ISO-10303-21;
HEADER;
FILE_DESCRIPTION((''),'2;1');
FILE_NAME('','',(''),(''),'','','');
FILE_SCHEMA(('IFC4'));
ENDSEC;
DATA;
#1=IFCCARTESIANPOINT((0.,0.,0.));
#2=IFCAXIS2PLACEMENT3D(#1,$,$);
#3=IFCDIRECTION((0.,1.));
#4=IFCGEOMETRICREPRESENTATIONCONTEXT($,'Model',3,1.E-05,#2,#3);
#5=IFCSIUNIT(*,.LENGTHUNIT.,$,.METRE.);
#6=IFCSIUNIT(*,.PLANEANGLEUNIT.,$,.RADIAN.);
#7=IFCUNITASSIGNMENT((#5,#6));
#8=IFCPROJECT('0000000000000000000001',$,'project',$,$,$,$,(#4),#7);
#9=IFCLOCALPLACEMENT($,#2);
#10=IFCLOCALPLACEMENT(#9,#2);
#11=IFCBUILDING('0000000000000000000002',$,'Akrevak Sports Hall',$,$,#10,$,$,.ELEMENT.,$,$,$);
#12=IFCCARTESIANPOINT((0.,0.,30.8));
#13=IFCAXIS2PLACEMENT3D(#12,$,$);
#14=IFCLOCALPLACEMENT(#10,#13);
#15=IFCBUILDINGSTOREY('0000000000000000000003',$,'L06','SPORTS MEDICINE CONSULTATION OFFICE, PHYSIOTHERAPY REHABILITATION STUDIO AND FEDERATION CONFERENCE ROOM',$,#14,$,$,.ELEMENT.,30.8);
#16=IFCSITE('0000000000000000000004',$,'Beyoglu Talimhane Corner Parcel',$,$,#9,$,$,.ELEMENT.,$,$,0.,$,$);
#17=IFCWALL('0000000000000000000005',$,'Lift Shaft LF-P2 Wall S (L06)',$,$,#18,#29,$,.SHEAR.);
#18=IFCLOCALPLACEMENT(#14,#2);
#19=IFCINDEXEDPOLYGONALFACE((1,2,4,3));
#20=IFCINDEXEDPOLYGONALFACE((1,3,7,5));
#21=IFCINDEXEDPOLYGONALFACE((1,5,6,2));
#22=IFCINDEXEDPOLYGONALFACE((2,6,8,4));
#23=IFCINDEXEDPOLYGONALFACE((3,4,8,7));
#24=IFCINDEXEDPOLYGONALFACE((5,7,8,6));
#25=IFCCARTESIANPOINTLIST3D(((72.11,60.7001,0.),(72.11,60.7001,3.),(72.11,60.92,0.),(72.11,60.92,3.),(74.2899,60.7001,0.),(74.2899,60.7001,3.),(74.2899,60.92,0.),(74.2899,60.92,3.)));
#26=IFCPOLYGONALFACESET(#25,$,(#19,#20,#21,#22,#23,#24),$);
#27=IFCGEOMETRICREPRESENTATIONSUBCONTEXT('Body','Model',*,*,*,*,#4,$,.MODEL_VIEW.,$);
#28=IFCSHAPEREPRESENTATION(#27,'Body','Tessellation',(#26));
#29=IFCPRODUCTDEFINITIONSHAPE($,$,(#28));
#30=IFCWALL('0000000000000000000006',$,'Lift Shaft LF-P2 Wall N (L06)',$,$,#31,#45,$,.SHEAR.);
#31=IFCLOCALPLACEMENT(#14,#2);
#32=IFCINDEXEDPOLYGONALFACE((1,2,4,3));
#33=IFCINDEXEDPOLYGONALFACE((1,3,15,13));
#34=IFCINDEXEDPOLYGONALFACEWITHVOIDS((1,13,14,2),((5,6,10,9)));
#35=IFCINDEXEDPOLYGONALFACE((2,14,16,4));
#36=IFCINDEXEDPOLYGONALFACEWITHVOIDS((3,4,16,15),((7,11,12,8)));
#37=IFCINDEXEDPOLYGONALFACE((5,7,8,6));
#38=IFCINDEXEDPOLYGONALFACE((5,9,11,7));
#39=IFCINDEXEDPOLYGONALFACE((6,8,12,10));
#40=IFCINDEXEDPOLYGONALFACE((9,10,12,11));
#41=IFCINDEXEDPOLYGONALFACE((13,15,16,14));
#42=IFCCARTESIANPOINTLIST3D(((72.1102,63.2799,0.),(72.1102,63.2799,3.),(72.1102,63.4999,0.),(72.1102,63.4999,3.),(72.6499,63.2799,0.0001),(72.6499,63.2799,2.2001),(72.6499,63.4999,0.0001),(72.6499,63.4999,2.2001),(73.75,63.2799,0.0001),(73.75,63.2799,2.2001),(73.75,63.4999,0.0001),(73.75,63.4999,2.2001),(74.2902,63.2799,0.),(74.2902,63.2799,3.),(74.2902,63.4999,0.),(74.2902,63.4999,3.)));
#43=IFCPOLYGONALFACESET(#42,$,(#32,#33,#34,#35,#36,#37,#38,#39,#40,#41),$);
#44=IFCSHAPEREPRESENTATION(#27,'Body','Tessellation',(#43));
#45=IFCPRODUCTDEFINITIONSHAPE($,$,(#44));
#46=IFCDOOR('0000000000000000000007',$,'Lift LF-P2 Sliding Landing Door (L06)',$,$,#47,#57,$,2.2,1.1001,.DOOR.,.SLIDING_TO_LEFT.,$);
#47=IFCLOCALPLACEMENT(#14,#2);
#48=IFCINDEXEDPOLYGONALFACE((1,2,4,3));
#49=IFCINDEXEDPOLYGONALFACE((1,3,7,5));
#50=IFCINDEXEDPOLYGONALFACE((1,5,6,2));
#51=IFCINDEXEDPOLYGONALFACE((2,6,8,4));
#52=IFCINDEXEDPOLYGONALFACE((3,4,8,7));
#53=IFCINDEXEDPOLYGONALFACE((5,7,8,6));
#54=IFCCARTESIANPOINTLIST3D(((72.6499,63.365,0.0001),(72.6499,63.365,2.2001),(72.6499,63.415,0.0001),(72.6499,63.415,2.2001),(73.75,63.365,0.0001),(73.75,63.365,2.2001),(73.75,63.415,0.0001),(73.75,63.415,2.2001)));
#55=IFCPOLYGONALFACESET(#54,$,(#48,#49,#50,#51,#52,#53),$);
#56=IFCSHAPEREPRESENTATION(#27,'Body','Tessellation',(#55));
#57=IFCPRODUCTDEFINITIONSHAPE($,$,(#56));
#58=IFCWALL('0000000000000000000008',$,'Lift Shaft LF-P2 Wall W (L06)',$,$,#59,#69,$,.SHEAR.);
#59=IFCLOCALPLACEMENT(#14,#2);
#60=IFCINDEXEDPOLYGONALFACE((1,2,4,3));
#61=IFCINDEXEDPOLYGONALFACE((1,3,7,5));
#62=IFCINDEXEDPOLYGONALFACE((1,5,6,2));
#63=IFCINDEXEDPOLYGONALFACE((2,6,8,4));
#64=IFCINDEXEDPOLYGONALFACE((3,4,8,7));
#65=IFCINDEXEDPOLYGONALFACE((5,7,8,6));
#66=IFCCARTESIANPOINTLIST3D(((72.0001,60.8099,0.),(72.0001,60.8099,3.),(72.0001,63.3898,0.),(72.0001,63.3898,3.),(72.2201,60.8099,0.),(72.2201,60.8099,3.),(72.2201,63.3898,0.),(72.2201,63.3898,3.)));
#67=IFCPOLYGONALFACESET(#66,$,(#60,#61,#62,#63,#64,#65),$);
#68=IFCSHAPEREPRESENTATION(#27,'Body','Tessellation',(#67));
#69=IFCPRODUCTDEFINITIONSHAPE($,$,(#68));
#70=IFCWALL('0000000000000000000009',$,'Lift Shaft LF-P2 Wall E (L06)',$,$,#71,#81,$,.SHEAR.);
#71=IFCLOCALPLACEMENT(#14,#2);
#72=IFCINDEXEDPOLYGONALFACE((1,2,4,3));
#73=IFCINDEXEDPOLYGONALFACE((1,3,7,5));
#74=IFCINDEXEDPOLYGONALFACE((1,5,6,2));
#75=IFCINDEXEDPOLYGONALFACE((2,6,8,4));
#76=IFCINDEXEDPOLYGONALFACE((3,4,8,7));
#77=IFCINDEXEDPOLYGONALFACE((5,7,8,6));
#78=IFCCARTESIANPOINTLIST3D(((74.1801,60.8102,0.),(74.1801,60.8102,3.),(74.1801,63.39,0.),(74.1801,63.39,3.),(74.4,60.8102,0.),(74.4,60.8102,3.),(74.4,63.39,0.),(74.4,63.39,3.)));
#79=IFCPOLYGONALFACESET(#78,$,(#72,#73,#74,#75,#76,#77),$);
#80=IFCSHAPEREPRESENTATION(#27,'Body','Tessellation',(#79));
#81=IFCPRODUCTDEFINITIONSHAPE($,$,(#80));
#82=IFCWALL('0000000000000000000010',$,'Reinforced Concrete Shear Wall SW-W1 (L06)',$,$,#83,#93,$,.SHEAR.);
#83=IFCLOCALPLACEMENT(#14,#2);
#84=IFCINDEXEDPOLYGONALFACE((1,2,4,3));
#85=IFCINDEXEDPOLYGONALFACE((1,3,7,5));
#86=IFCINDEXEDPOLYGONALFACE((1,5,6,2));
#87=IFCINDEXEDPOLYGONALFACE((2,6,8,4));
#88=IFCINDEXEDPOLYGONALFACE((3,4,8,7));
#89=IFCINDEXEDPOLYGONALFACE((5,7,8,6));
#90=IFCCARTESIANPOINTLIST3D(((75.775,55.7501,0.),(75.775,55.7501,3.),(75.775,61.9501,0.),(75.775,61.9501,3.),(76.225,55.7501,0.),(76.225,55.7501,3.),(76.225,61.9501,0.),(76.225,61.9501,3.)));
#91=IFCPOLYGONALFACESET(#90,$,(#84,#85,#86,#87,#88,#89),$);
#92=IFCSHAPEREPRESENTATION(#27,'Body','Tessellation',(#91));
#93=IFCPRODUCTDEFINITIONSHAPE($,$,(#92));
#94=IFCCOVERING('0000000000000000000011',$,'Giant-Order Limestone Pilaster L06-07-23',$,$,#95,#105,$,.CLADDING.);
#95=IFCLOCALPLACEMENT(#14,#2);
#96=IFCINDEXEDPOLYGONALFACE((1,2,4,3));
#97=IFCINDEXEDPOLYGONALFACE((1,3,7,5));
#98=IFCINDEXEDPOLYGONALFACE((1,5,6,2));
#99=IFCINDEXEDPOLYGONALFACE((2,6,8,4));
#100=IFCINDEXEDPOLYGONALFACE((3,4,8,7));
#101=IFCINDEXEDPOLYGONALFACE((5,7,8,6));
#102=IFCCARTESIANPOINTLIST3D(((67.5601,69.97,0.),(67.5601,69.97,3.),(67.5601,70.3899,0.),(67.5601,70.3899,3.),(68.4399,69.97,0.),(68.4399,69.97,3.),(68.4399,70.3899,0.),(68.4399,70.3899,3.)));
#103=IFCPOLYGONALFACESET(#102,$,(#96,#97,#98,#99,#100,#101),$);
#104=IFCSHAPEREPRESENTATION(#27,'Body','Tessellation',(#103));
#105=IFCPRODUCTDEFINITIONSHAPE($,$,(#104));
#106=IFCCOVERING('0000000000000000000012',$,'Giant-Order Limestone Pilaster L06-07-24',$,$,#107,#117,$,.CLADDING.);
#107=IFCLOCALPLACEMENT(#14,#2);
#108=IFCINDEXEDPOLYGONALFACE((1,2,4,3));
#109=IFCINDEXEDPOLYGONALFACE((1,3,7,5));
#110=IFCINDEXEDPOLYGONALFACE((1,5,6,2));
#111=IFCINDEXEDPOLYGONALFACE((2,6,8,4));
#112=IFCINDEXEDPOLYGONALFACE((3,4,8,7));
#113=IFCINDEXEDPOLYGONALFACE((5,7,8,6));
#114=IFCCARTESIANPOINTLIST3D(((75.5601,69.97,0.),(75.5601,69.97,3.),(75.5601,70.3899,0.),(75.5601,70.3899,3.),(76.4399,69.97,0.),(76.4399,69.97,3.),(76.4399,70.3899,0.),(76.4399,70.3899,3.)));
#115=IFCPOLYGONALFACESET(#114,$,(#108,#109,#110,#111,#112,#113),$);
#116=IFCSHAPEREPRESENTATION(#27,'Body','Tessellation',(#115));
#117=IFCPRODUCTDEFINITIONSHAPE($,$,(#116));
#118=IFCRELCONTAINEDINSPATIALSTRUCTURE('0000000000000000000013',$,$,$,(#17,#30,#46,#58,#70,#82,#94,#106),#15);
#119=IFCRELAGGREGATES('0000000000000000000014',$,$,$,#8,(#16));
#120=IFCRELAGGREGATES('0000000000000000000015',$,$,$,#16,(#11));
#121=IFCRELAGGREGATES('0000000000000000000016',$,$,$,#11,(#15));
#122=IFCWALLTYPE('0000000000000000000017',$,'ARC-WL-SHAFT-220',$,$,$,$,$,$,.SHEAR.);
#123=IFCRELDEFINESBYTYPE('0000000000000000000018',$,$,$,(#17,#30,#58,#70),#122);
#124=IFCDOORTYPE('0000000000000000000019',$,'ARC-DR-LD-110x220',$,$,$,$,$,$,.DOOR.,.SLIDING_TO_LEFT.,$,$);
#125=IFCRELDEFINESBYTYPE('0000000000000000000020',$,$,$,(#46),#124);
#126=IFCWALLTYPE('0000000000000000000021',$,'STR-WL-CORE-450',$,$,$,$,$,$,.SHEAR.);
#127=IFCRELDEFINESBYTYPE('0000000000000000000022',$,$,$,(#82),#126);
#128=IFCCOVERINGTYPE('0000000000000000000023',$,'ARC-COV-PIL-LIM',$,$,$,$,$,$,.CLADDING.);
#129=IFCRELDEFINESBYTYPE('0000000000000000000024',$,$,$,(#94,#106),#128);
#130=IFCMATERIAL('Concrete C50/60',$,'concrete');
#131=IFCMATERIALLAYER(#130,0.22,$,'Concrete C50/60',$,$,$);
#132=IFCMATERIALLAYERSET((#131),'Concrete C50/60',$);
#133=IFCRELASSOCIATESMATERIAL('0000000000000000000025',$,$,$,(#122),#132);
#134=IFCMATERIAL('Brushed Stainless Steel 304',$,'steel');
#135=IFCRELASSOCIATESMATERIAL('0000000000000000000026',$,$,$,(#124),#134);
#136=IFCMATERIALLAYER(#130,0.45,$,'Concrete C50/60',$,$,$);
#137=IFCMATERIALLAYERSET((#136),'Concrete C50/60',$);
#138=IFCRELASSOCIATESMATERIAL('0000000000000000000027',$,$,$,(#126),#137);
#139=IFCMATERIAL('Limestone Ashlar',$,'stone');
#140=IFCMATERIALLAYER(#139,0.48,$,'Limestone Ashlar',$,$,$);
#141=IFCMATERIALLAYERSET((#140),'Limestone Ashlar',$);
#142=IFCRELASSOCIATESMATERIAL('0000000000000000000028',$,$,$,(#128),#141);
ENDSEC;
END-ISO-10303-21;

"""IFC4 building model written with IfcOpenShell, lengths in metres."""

from ifc_helpers import new_model, si_unit, direction, frame, frame_2d, origin, origin_2d, place, context, subcontext, project, spatial, rectangle, extrude, material, layer, layer_set, type_object, element, fill, save


model = new_model("IFC4")

# Units and contexts
model_context = context("Model", 3, precision=1e-05, world=origin(), true_north=direction((0.0, 1.0)))
body_context = subcontext(model_context, "Body", "Model", "MODEL_VIEW")
ifc_project = project(units=[si_unit("LENGTHUNIT", "METRE"), si_unit("PLANEANGLEUNIT", "RADIAN")], contexts=[model_context])

# Site, building, storey
site_placement = place(None, origin())
site = spatial("IfcSite", under=ifc_project, at=site_placement, Name="Beyoglu Talimhane Corner Parcel", CompositionType="ELEMENT", RefElevation=0.0)
building_placement = place(site_placement, origin())
building = spatial("IfcBuilding", under=site, at=building_placement, Name="Akrevak Sports Hall", CompositionType="ELEMENT")
storey_placement = place(building_placement, frame((0.0, 0.0, 30.8)))
storey = spatial("IfcBuildingStorey", under=building, at=storey_placement, Name="L06", Description="SPORTS MEDICINE CONSULTATION OFFICE, PHYSIOTHERAPY REHABILITATION STUDIO AND FEDERATION CONFERENCE ROOM", CompositionType="ELEMENT", Elevation=30.8)

# Shared definitions
ifc_material_1 = material(Name="Concrete C50/60", Category="concrete")
ifc_layer_1 = layer(ifc_material_1, 0.22, Name="Concrete C50/60")
ifc_layer_set_1 = layer_set([ifc_layer_1], Name="Concrete C50/60")
wall_type_1 = type_object("IfcWallType", Name="ARC-WL-SHAFT-220", PredefinedType="SHEAR", material=ifc_layer_set_1)

# Shared definitions
ifc_material_2 = material(Name="Brushed Stainless Steel 304", Category="steel")
door_type_1 = type_object("IfcDoorType", Name="ARC-DR-LD-110x220", OperationType="SLIDING_TO_LEFT", PredefinedType="DOOR", material=ifc_material_2)

# Wall
wall_1_placement = place(storey_placement, frame((72.1101, 60.8101, 0.0), z_axis=(0.0, 0.0, 1.0), x_axis=(1.0, 0.0, 0.0)))
element("IfcWall", 1, at=wall_1_placement, inside=storey, type_object=wall_type_1, Name="Lift Shaft LF-P2 Wall S (L06)", PredefinedType="SHEAR", context=body_context, shape_type="SweptSolid", body=[
    extrude(rectangle(XDim=2.1799, YDim=0.22, at=frame_2d((1.0898, 0.0))), origin(), (0.0, 0.0, 1.0), 3.0),
])

# Wall, opening, door
wall_2_placement = place(storey_placement, frame((74.29, 63.3899, 0.0), z_axis=(0.0, 0.0, 1.0), x_axis=(-1.0, 0.0, 0.0)))
wall_2 = element("IfcWall", 2, at=wall_2_placement, inside=storey, type_object=wall_type_1, Name="Lift Shaft LF-P2 Wall N (L06)", PredefinedType="SHEAR", context=body_context, shape_type="SweptSolid", body=[
    extrude(rectangle(XDim=2.1799, YDim=0.22, at=frame_2d((1.0898, 0.0))), origin(), (0.0, 0.0, 1.0), 3.0),
])
opening_1_placement = place(wall_2_placement, frame((0.54, 0.0, 0.0)))
opening_1 = element("IfcOpeningElement", 3, at=opening_1_placement, cuts=wall_2, PredefinedType="OPENING", context=body_context, shape_type="SweptSolid", body=[
    extrude(rectangle(XDim=1.1001, YDim=2.2, at=frame_2d((0.55, 1.1001))), frame((0.0, 0.1221, 0.0), z_axis=(0.0, -1.0, 0.0), x_axis=(1.0, 0.0, 0.0)), (0.0, 0.0, 1.0), 0.2439),
])
door_1_placement = place(opening_1_placement, origin())
door_1 = element("IfcDoor", 4, at=door_1_placement, inside=storey, type_object=door_type_1, Name="Lift LF-P2 Sliding Landing Door (L06)", OperationType="SLIDING_TO_LEFT", OverallHeight=2.2, OverallWidth=1.1001, PredefinedType="DOOR", context=body_context, shape_type="SweptSolid", body=[
    extrude(rectangle(XDim=1.1001, YDim=2.2, at=frame_2d((0.55, 1.1001))), frame((0.0, 0.0249, 0.0), z_axis=(0.0, -1.0, 0.0), x_axis=(1.0, 0.0, 0.0)), (0.0, 0.0, 1.0), 0.05),
])
fill(opening_1, door_1)

# Walls
for number, where, z_axis, x_axis, name in (
    (5, (72.1101, 63.3899, 0.0), (0.0, 0.0, 1.0), (0.0, -1.0, 0.0), "Lift Shaft LF-P2 Wall W (L06)"),
    (6, (74.29, 60.8101, 0.0), (0.0, 0.0, 1.0), (0.0, 1.0, 0.0), "Lift Shaft LF-P2 Wall E (L06)"),
):
    element("IfcWall", number, at=place(storey_placement, frame(where, z_axis=z_axis, x_axis=x_axis)), inside=storey, type_object=wall_type_1, Name=name, PredefinedType="SHEAR", context=body_context, shape_type="SweptSolid", body=[
        extrude(rectangle(XDim=2.5798, YDim=0.22, at=frame_2d((1.29, 0.0))), origin(), (0.0, 0.0, 1.0), 3.0),
    ])
ifc_layer_2 = layer(ifc_material_1, 0.45, Name="Concrete C50/60")
ifc_layer_set_2 = layer_set([ifc_layer_2], Name="Concrete C50/60")
wall_type_2 = type_object("IfcWallType", Name="STR-WL-CORE-450", PredefinedType="SHEAR", material=ifc_layer_set_2)
wall_3_placement = place(storey_placement, frame((76.0, 55.75, 0.0), z_axis=(0.0, 0.0, 1.0), x_axis=(0.0, 1.0, 0.0)))
element("IfcWall", 7, at=wall_3_placement, inside=storey, type_object=wall_type_2, Name="Reinforced Concrete Shear Wall SW-W1 (L06)", PredefinedType="SHEAR", context=body_context, shape_type="SweptSolid", body=[
    extrude(rectangle(XDim=6.2, YDim=0.45, at=frame_2d((3.1001, 0.0))), origin(), (0.0, 0.0, 1.0), 3.0),
])

# Coverings
ifc_material_3 = material(Name="Limestone Ashlar", Category="stone")
ifc_layer_3 = layer(ifc_material_3, 0.48, Name="Limestone Ashlar")
ifc_layer_set_3 = layer_set([ifc_layer_3], Name="Limestone Ashlar")
covering_type = type_object("IfcCoveringType", Name="ARC-COV-PIL-LIM", PredefinedType="CLADDING", material=ifc_layer_set_3)
for number, where, z_axis, x_axis, name in (
    (8, (68.0, 70.1799, 0.0), (0.0, 0.0, 1.0), (-1.0, 0.0, 0.0), "Giant-Order Limestone Pilaster L06-07-23"),
    (9, (76.0, 70.1799, 0.0), (0.0, 0.0, 1.0), (-1.0, 0.0, 0.0), "Giant-Order Limestone Pilaster L06-07-24"),
):
    element("IfcCovering", number, at=place(storey_placement, frame(where, z_axis=z_axis, x_axis=x_axis)), inside=storey, type_object=covering_type, Name=name, PredefinedType="CLADDING", context=body_context, shape_type="SweptSolid", body=[
        extrude(rectangle(XDim=0.8799, YDim=0.4199, at=origin_2d()), origin(), (0.0, 0.0, 1.0), 3.0),
    ])

save(model, "model.ifc")
